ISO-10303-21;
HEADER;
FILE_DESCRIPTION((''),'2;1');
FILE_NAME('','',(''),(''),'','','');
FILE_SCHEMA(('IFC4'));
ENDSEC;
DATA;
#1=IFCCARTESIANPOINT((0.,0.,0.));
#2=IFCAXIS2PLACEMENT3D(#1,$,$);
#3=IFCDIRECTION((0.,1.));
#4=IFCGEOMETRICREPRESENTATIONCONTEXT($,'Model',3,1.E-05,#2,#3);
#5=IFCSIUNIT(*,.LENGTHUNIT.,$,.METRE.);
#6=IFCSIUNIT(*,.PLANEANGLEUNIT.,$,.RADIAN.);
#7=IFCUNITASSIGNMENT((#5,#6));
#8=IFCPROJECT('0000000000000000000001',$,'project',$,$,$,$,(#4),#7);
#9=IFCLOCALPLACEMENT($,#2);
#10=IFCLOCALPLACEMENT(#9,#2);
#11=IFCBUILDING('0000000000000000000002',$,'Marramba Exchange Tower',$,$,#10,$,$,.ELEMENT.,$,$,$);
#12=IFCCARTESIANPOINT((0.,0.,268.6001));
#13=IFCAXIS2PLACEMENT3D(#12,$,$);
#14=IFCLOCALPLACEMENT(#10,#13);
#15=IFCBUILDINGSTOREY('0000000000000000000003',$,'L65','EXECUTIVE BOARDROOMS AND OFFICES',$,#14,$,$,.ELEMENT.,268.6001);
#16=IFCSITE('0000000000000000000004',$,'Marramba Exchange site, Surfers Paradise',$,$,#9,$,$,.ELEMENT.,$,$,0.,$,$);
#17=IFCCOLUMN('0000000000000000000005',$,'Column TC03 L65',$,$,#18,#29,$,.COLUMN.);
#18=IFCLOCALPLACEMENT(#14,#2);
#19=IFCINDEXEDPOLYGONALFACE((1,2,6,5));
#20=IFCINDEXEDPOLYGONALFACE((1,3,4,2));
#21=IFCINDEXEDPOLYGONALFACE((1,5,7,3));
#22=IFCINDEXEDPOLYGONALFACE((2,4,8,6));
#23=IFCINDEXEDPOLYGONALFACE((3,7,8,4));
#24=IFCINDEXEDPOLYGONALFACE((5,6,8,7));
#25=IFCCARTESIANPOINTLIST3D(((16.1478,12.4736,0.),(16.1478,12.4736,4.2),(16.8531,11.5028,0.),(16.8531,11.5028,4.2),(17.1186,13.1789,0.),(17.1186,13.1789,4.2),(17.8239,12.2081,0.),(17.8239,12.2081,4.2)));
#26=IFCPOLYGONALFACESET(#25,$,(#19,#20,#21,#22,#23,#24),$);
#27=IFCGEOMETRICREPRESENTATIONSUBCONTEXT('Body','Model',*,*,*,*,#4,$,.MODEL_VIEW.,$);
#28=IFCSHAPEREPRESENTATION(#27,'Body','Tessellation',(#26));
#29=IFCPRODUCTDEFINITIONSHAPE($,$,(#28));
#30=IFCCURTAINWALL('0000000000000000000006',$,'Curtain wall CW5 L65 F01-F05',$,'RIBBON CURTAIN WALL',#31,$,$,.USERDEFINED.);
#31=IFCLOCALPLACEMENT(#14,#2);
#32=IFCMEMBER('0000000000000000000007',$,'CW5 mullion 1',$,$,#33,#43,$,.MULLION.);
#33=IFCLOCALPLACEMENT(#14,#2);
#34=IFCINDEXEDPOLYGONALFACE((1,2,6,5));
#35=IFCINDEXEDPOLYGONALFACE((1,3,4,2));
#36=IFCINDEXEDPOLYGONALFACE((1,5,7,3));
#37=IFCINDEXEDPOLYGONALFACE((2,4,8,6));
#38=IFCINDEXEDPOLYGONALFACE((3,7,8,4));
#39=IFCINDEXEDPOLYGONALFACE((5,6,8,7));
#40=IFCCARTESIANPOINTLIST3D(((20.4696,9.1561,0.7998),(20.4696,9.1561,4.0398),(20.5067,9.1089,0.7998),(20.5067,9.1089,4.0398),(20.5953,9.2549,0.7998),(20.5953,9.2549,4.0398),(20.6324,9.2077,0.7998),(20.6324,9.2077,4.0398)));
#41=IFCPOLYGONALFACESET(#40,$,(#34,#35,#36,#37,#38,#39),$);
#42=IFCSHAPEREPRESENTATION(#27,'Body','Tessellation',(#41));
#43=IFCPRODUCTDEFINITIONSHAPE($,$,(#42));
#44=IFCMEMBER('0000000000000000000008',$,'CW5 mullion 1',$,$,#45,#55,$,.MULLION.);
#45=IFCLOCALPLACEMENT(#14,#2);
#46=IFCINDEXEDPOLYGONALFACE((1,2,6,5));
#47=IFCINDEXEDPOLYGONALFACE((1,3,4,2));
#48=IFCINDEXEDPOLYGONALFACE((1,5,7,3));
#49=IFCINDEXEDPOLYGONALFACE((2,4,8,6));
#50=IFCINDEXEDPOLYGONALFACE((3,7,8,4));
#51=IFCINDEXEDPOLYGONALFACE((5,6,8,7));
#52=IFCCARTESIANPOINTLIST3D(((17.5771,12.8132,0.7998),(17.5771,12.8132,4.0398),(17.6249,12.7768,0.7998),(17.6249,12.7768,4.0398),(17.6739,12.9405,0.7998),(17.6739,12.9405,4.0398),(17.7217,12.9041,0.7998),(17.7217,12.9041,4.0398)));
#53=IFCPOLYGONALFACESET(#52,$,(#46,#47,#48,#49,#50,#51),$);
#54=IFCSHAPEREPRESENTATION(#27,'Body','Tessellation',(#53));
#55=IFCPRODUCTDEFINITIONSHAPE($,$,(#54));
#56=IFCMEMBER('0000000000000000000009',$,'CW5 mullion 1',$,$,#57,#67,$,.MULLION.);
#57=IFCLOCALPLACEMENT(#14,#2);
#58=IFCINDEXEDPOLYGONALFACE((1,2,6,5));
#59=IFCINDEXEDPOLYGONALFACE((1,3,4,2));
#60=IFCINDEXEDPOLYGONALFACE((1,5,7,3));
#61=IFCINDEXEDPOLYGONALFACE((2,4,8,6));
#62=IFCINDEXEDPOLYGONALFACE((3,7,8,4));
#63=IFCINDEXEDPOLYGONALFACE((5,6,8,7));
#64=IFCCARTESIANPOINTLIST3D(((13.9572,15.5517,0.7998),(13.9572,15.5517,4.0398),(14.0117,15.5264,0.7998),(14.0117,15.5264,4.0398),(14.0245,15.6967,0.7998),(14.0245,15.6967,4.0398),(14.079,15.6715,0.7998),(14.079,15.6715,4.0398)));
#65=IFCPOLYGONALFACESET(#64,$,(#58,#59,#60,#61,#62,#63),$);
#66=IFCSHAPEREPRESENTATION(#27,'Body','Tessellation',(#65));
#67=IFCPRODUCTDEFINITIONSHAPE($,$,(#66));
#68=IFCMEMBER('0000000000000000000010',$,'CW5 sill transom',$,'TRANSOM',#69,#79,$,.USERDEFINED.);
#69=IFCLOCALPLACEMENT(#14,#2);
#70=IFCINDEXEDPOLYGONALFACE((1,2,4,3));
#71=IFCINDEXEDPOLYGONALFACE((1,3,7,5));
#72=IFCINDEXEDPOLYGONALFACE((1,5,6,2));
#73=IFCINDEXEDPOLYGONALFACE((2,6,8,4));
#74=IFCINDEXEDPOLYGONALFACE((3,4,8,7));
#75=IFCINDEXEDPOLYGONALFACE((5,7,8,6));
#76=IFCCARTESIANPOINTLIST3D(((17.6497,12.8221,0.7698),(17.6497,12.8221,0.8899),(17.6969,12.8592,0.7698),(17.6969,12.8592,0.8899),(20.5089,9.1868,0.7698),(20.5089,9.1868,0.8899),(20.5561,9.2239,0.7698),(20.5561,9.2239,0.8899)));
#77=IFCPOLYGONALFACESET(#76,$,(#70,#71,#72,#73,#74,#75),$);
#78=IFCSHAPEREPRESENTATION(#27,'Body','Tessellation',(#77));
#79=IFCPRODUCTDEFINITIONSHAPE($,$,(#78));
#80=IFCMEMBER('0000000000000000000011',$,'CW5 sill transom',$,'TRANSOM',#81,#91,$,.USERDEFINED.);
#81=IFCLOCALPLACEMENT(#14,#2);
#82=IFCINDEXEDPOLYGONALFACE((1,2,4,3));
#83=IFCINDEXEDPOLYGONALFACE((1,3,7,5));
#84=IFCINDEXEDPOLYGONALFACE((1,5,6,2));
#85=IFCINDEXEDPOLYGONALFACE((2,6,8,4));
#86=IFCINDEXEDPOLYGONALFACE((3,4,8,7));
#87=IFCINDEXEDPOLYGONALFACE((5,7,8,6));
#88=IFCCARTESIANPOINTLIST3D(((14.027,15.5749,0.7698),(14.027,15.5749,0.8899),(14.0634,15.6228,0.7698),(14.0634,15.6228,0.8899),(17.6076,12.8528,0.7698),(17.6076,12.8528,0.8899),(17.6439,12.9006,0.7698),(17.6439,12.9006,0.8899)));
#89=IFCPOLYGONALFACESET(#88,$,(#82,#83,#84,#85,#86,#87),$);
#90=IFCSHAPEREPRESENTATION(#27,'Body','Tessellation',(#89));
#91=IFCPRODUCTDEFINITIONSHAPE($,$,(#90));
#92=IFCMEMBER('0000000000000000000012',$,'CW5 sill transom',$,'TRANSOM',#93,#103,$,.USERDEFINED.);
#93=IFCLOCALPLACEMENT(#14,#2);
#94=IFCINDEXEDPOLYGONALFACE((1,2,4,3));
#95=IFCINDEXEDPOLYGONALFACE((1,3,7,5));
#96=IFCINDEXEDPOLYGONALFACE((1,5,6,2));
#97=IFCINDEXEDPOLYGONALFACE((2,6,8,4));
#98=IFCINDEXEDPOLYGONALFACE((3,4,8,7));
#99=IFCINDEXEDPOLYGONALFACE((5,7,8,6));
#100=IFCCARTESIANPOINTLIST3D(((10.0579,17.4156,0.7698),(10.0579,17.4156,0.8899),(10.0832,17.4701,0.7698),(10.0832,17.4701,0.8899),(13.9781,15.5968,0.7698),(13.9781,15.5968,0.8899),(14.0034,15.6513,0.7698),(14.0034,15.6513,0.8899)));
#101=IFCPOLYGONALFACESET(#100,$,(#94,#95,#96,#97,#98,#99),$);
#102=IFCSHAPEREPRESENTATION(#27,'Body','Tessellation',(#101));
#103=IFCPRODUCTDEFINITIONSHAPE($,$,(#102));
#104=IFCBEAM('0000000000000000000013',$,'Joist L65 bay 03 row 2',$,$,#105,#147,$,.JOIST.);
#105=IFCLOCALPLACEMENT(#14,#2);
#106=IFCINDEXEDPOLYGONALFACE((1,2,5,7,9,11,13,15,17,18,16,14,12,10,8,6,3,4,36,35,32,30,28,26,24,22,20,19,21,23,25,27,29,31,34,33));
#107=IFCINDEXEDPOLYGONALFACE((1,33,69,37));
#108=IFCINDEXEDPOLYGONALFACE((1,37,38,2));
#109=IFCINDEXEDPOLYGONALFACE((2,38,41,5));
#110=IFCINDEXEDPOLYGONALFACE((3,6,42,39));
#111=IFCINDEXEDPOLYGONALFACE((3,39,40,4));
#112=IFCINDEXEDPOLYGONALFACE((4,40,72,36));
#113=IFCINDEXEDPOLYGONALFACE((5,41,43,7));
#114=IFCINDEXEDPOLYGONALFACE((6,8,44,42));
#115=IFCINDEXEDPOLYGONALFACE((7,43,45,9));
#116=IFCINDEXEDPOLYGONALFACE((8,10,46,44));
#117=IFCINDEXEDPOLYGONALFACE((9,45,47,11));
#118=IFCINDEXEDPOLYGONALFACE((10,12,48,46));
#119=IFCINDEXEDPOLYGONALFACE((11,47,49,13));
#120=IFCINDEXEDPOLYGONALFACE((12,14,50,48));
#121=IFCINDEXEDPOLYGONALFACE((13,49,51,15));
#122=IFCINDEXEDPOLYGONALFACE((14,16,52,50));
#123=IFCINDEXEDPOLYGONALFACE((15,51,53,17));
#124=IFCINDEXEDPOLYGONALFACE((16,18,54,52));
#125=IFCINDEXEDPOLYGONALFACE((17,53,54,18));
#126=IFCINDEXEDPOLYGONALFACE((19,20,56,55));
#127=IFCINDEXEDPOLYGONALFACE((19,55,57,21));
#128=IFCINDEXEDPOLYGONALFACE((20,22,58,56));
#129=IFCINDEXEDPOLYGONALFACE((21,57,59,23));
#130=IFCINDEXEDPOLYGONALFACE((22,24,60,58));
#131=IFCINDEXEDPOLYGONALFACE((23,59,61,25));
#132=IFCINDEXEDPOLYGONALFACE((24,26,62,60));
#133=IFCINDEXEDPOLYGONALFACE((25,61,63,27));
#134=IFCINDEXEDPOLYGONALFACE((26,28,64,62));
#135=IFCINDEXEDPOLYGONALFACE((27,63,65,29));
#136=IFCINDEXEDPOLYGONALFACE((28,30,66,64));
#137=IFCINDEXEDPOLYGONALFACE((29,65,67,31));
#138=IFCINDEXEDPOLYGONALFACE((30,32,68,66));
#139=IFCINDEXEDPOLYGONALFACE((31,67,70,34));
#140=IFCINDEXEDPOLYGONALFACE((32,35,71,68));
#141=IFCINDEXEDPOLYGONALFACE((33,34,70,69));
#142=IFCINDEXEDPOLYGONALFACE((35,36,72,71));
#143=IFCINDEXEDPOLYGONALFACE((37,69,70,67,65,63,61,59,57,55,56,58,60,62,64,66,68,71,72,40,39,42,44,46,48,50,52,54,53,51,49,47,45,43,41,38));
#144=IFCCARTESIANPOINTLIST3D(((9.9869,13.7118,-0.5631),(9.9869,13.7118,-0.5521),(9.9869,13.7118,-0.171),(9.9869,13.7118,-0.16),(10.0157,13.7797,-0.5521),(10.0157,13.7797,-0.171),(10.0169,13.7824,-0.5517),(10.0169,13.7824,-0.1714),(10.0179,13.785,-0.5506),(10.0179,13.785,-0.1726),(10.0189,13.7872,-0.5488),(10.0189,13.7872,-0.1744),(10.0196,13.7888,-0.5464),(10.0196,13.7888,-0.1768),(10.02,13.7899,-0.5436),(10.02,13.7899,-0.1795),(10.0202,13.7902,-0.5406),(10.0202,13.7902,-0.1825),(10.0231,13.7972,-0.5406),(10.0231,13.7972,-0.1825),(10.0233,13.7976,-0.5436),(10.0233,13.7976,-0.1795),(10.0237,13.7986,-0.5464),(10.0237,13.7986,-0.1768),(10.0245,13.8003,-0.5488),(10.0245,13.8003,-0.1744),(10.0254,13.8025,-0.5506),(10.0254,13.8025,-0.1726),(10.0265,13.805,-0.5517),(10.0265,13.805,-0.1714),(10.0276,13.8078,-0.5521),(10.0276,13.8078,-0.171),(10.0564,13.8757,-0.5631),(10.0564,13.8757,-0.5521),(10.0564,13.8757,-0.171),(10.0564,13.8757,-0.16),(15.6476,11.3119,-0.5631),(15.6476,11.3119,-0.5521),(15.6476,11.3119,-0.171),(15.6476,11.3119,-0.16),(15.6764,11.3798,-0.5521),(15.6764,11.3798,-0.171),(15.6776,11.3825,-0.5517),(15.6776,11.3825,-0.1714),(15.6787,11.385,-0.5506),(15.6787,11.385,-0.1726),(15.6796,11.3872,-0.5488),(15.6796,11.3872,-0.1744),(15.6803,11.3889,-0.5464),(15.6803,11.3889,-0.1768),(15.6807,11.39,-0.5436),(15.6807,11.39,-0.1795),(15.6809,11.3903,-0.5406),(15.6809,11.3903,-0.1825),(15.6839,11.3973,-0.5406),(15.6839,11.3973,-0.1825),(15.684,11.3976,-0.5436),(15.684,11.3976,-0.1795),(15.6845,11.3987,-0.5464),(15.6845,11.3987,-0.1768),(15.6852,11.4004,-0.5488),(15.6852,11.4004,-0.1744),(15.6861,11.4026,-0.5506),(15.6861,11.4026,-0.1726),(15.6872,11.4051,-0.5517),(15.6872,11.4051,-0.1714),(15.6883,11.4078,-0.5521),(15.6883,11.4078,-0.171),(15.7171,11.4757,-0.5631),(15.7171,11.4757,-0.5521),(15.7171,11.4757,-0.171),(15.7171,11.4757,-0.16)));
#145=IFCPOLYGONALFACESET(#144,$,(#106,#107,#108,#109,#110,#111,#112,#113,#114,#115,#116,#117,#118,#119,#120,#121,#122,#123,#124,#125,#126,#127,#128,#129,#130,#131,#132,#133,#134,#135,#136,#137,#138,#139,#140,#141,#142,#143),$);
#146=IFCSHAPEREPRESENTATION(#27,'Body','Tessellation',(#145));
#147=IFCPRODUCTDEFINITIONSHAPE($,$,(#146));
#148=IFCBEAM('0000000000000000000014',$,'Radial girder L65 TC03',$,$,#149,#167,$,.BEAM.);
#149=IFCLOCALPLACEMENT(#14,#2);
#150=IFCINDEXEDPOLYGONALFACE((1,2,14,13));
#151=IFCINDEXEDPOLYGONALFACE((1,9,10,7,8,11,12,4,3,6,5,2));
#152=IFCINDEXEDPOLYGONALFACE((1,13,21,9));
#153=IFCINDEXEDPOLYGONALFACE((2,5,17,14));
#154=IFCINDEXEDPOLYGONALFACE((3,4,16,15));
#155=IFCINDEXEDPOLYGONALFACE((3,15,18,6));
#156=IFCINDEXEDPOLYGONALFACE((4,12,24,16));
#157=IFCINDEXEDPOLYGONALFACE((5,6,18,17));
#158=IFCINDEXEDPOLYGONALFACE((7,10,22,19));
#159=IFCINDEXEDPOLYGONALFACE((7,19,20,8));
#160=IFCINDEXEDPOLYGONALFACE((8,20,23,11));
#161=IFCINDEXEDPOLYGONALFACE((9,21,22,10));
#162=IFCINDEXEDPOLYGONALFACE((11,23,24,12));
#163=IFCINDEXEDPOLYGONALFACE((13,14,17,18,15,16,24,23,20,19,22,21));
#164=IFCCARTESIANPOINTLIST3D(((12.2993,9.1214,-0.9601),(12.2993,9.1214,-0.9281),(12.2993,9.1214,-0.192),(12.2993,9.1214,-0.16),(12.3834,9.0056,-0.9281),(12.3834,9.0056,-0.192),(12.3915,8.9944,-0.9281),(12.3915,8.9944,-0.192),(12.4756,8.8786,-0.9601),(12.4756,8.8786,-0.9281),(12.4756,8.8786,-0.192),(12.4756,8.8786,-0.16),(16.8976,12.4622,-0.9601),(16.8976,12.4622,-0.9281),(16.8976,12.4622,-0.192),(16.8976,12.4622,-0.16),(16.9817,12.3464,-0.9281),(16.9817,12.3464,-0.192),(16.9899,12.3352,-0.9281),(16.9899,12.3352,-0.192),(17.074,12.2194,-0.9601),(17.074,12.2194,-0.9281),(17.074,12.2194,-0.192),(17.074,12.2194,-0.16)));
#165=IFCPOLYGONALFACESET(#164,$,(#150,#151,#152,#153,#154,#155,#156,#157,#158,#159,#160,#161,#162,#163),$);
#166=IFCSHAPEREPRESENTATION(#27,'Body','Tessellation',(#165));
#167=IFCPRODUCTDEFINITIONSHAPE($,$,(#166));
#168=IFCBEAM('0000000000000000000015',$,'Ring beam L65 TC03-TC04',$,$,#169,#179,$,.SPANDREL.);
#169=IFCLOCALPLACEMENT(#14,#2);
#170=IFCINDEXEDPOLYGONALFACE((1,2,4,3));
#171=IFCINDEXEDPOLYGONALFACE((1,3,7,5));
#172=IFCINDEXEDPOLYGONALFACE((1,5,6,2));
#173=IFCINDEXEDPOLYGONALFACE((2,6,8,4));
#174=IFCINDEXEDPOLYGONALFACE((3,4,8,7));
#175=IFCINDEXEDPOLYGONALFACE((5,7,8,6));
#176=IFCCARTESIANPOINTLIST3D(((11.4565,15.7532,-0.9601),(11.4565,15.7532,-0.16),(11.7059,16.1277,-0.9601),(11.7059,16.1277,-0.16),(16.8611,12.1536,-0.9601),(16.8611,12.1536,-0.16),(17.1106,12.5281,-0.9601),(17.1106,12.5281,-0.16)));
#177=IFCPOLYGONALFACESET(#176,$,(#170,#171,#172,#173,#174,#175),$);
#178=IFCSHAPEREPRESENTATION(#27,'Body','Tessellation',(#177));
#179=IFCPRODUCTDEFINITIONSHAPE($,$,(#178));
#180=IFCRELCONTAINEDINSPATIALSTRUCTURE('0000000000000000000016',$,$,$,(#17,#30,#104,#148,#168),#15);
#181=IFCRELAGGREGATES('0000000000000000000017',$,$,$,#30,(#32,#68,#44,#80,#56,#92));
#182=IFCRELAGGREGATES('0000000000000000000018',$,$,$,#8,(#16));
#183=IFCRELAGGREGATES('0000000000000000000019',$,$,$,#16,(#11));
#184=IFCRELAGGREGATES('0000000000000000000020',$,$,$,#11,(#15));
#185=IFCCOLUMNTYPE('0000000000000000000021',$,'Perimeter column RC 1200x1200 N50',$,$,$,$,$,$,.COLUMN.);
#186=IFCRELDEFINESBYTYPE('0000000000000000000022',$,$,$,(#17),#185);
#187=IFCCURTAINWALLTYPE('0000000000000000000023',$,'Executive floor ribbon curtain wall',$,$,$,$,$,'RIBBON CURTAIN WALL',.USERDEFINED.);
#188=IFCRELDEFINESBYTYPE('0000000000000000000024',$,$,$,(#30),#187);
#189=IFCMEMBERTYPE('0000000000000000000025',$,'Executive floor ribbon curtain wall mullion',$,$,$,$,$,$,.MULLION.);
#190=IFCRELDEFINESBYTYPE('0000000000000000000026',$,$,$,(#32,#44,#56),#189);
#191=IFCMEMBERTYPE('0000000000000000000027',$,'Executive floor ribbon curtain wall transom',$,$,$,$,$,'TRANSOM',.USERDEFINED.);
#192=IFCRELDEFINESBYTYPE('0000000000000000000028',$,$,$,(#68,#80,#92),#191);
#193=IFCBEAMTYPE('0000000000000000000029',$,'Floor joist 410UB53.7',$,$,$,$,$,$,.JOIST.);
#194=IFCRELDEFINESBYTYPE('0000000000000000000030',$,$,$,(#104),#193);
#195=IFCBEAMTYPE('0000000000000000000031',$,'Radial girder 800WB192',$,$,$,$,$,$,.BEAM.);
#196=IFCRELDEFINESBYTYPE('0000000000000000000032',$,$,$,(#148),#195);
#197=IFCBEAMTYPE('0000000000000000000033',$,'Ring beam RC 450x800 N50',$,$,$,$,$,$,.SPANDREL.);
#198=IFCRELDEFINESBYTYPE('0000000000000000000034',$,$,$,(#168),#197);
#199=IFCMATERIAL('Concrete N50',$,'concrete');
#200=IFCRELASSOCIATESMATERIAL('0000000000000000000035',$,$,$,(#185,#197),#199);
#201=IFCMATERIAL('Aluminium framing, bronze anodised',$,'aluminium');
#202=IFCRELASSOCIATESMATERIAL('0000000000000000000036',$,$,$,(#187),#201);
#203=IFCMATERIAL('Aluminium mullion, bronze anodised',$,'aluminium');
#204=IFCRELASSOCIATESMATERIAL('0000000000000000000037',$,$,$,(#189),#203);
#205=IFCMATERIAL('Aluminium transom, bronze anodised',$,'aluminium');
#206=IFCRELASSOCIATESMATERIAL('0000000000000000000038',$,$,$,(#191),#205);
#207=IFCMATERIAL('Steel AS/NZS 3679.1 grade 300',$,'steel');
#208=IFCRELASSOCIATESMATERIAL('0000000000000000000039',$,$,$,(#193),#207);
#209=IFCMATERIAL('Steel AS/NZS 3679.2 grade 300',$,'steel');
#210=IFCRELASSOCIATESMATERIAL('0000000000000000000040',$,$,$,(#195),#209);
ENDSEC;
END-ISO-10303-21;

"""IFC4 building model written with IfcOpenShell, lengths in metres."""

from ifc_helpers import new_model, si_unit, direction, frame, origin, origin_2d, place, context, subcontext, project, spatial, rectangle, i_section, extrude, material, material_profile, profile_set, type_object, element, aggregate, save


model = new_model("IFC4")

# Units and contexts
model_context = context("Model", 3, precision=1e-05, world=origin(), true_north=direction((0.0, 1.0)))
body_context = subcontext(model_context, "Body", "Model", "MODEL_VIEW")
ifc_project = project(units=[si_unit("LENGTHUNIT", "METRE"), si_unit("PLANEANGLEUNIT", "RADIAN")], contexts=[model_context])

# Site, building, storey
site_placement = place(None, origin())
site = spatial("IfcSite", under=ifc_project, at=site_placement, Name="Marramba Exchange site, Surfers Paradise", CompositionType="ELEMENT", RefElevation=0.0)
building_placement = place(site_placement, origin())
building = spatial("IfcBuilding", under=site, at=building_placement, Name="Marramba Exchange Tower", CompositionType="ELEMENT")
storey_placement = place(building_placement, frame((0.0, 0.0, 268.6001)))
storey = spatial("IfcBuildingStorey", under=building, at=storey_placement, Name="L65", Description="EXECUTIVE BOARDROOMS AND OFFICES", CompositionType="ELEMENT", Elevation=268.6001)

# Column
ifc_material_1 = material(Name="Concrete N50", Category="concrete")
ifc_material_profile_1 = material_profile(ifc_material_1, rectangle(XDim=1.2, YDim=1.2, at=origin_2d()), Name="RC 1200x1200")
ifc_profile_set_1 = profile_set([ifc_material_profile_1], Name="Concrete N50")
column_type = type_object("IfcColumnType", Name="Perimeter column RC 1200x1200 N50", PredefinedType="COLUMN", material=ifc_profile_set_1)
column_placement = place(storey_placement, frame((16.9858, 12.3408, 0.0), z_axis=(0.0, 0.0, 1.0), x_axis=(0.809017, 0.587785, 0.0)))
element("IfcColumn", 1, at=column_placement, inside=storey, type_object=column_type, Name="Column TC03 L65", PredefinedType="COLUMN", context=body_context, shape_type="SweptSolid", body=[
    extrude(rectangle(XDim=1.2, YDim=1.2, at=origin_2d()), origin(), (0.0, 0.0, 1.0), 4.2),
])

# Curtain wall, members
ifc_material_2 = material(Name="Aluminium framing, bronze anodised", Category="aluminium")
curtain_wall_type = type_object("IfcCurtainWallType", Name="Executive floor ribbon curtain wall", ElementType="RIBBON CURTAIN WALL", PredefinedType="USERDEFINED", material=ifc_material_2)
curtain_wall_placement = place(storey_placement, origin())
curtain_wall = element("IfcCurtainWall", 2, at=curtain_wall_placement, inside=storey, type_object=curtain_wall_type, Name="Curtain wall CW5 L65 F01-F05", ObjectType="RIBBON CURTAIN WALL", PredefinedType="USERDEFINED")
ifc_material_3 = material(Name="Aluminium mullion, bronze anodised", Category="aluminium")
ifc_material_profile_2 = material_profile(ifc_material_3, rectangle(XDim=0.1599, YDim=0.0601, at=origin_2d()), Name="CW5 mullion 60x160")
ifc_profile_set_2 = profile_set([ifc_material_profile_2], Name="Aluminium mullion, bronze anodised")
member_type_1 = type_object("IfcMemberType", Name="Executive floor ribbon curtain wall mullion", PredefinedType="MULLION", material=ifc_profile_set_2)
member_1_placement = place(storey_placement, frame((20.551, 9.1819, 0.7998), z_axis=(0.0, 0.0, 1.0), x_axis=(-0.786003, -0.618223, 0.0)))
member_1 = element("IfcMember", 3, at=member_1_placement, type_object=member_type_1, Name="CW5 mullion 1", PredefinedType="MULLION", context=body_context, shape_type="SweptSolid", body=[
    extrude(rectangle(XDim=0.1599, YDim=0.0601, at=origin_2d()), origin(), (0.0, 0.0, 1.0), 3.24),
])
member_2_placement = place(storey_placement, frame((17.6494, 12.8586, 0.7998), z_axis=(0.0, 0.0, 1.0), x_axis=(-0.605219, -0.796059, 0.0)))
member_2 = element("IfcMember", 4, at=member_2_placement, type_object=member_type_1, Name="CW5 mullion 1", PredefinedType="MULLION", context=body_context, shape_type="SweptSolid", body=[
    extrude(rectangle(XDim=0.1599, YDim=0.0601, at=origin_2d()), origin(), (0.0, 0.0, 1.0), 3.24),
])
member_3_placement = place(storey_placement, frame((14.0181, 15.6116, 0.7998), z_axis=(0.0, 0.0, 1.0), x_axis=(-0.420849, -0.907131, 0.0)))
member_3 = element("IfcMember", 5, at=member_3_placement, type_object=member_type_1, Name="CW5 mullion 1", PredefinedType="MULLION", context=body_context, shape_type="SweptSolid", body=[
    extrude(rectangle(XDim=0.1599, YDim=0.0601, at=origin_2d()), origin(), (0.0, 0.0, 1.0), 3.24),
])
ifc_material_4 = material(Name="Aluminium transom, bronze anodised", Category="aluminium")
ifc_material_profile_3 = material_profile(ifc_material_4, rectangle(XDim=0.0601, YDim=0.1201, at=origin_2d()), Name="CW5 transom 60x120")
ifc_profile_set_3 = profile_set([ifc_material_profile_3], Name="Aluminium transom, bronze anodised")
member_type_2 = type_object("IfcMemberType", Name="Executive floor ribbon curtain wall transom", ElementType="TRANSOM", PredefinedType="USERDEFINED", material=ifc_profile_set_3)
member_4_placement = place(storey_placement, frame((20.5325, 9.2053, 0.8298), z_axis=(-0.618204, 0.786018, 0.0), x_axis=(-0.786018, -0.618204, 0.0)))
member_4 = element("IfcMember", 6, at=member_4_placement, type_object=member_type_2, Name="CW5 sill transom", ObjectType="TRANSOM", PredefinedType="USERDEFINED", context=body_context, shape_type="SweptSolid", body=[
    extrude(rectangle(XDim=0.0601, YDim=0.1201, at=origin_2d()), origin(), (0.0, 0.0, 1.0), 4.625),
])
member_5_placement = place(storey_placement, frame((17.6257, 12.8767, 0.8298), z_axis=(-0.796062, 0.605215, 0.0), x_axis=(-0.605215, -0.796062, 0.0)))
member_5 = element("IfcMember", 7, at=member_5_placement, type_object=member_type_2, Name="CW5 sill transom", ObjectType="TRANSOM", PredefinedType="USERDEFINED", context=body_context, shape_type="SweptSolid", body=[
    extrude(rectangle(XDim=0.0601, YDim=0.1201, at=origin_2d()), origin(), (0.0, 0.0, 1.0), 4.4978),
])
member_6_placement = place(storey_placement, frame((13.9907, 15.624, 0.8298), z_axis=(-0.907118, 0.420877, 0.0), x_axis=(-0.420877, -0.907118, 0.0)))
member_6 = element("IfcMember", 8, at=member_6_placement, type_object=member_type_2, Name="CW5 sill transom", ObjectType="TRANSOM", PredefinedType="USERDEFINED", context=body_context, shape_type="SweptSolid", body=[
    extrude(rectangle(XDim=0.0601, YDim=0.1201, at=origin_2d()), origin(), (0.0, 0.0, 1.0), 4.3215),
])

# Beams
ifc_material_5 = material(Name="Steel AS/NZS 3679.1 grade 300", Category="steel")
ifc_material_profile_4 = material_profile(ifc_material_5, i_section(OverallWidth=0.178, OverallDepth=0.4031, WebThickness=0.0076, FlangeThickness=0.011, FilletRadius=0.0115, at=origin_2d()), Name="410UB53.7")
ifc_profile_set_4 = profile_set([ifc_material_profile_4], Name="Steel AS/NZS 3679.1 grade 300")
beam_type_1 = type_object("IfcBeamType", Name="Floor joist 410UB53.7", PredefinedType="JOIST", material=ifc_profile_set_4)
beam_1_placement = place(storey_placement, frame((15.6824, 11.3938, -0.3616), z_axis=(-0.920674, 0.390332, 0.0), x_axis=(-0.390332, -0.920674, 0.0)))
element("IfcBeam", 9, at=beam_1_placement, inside=storey, type_object=beam_type_1, Name="Joist L65 bay 03 row 2", PredefinedType="JOIST", context=body_context, shape_type="SweptSolid", body=[
    extrude(i_section(OverallWidth=0.178, OverallDepth=0.4031, WebThickness=0.0076, FlangeThickness=0.011, FilletRadius=0.0115, at=origin_2d()), origin(), (0.0, 0.0, 1.0), 6.1484),
])
ifc_material_6 = material(Name="Steel AS/NZS 3679.2 grade 300", Category="steel")
ifc_material_profile_5 = material_profile(ifc_material_6, i_section(OverallWidth=0.3, OverallDepth=0.8, WebThickness=0.0139, FlangeThickness=0.032, at=origin_2d()), Name="800WB192")
ifc_profile_set_5 = profile_set([ifc_material_profile_5], Name="Steel AS/NZS 3679.2 grade 300")
beam_type_2 = type_object("IfcBeamType", Name="Radial girder 800WB192", PredefinedType="BEAM", material=ifc_profile_set_5)
beam_2_placement = place(storey_placement, frame((12.3875, 9.0, -0.5601), z_axis=(0.809026, 0.587773, 0.0), x_axis=(-0.587773, 0.809026, 0.0)))
element("IfcBeam", 10, at=beam_2_placement, inside=storey, type_object=beam_type_2, Name="Radial girder L65 TC03", PredefinedType="BEAM", context=body_context, shape_type="SweptSolid", body=[
    extrude(i_section(OverallWidth=0.3, OverallDepth=0.8, WebThickness=0.0139, FlangeThickness=0.032, at=origin_2d()), origin(), (0.0, 0.0, 1.0), 5.6838),
])
ifc_material_profile_6 = material_profile(ifc_material_1, rectangle(XDim=0.45, YDim=0.8, at=origin_2d()), Name="RC 450x800")
ifc_profile_set_6 = profile_set([ifc_material_profile_6], Name="Concrete N50")
beam_type_3 = type_object("IfcBeamType", Name="Ring beam RC 450x800 N50", PredefinedType="SPANDREL", material=ifc_profile_set_6)
beam_3_placement = place(storey_placement, frame((16.9858, 12.3408, -0.5601), z_axis=(-0.832293, 0.554336, 0.0), x_axis=(-0.554336, -0.832293, 0.0)))
element("IfcBeam", 11, at=beam_3_placement, inside=storey, type_object=beam_type_3, Name="Ring beam L65 TC03-TC04", PredefinedType="SPANDREL", context=body_context, shape_type="SweptSolid", body=[
    extrude(rectangle(XDim=0.45, YDim=0.8, at=origin_2d()), origin(), (0.0, 0.0, 1.0), 6.4937),
])

aggregate(curtain_wall, [member_1, member_4, member_2, member_5, member_3, member_6])

save(model, "model.ifc")
